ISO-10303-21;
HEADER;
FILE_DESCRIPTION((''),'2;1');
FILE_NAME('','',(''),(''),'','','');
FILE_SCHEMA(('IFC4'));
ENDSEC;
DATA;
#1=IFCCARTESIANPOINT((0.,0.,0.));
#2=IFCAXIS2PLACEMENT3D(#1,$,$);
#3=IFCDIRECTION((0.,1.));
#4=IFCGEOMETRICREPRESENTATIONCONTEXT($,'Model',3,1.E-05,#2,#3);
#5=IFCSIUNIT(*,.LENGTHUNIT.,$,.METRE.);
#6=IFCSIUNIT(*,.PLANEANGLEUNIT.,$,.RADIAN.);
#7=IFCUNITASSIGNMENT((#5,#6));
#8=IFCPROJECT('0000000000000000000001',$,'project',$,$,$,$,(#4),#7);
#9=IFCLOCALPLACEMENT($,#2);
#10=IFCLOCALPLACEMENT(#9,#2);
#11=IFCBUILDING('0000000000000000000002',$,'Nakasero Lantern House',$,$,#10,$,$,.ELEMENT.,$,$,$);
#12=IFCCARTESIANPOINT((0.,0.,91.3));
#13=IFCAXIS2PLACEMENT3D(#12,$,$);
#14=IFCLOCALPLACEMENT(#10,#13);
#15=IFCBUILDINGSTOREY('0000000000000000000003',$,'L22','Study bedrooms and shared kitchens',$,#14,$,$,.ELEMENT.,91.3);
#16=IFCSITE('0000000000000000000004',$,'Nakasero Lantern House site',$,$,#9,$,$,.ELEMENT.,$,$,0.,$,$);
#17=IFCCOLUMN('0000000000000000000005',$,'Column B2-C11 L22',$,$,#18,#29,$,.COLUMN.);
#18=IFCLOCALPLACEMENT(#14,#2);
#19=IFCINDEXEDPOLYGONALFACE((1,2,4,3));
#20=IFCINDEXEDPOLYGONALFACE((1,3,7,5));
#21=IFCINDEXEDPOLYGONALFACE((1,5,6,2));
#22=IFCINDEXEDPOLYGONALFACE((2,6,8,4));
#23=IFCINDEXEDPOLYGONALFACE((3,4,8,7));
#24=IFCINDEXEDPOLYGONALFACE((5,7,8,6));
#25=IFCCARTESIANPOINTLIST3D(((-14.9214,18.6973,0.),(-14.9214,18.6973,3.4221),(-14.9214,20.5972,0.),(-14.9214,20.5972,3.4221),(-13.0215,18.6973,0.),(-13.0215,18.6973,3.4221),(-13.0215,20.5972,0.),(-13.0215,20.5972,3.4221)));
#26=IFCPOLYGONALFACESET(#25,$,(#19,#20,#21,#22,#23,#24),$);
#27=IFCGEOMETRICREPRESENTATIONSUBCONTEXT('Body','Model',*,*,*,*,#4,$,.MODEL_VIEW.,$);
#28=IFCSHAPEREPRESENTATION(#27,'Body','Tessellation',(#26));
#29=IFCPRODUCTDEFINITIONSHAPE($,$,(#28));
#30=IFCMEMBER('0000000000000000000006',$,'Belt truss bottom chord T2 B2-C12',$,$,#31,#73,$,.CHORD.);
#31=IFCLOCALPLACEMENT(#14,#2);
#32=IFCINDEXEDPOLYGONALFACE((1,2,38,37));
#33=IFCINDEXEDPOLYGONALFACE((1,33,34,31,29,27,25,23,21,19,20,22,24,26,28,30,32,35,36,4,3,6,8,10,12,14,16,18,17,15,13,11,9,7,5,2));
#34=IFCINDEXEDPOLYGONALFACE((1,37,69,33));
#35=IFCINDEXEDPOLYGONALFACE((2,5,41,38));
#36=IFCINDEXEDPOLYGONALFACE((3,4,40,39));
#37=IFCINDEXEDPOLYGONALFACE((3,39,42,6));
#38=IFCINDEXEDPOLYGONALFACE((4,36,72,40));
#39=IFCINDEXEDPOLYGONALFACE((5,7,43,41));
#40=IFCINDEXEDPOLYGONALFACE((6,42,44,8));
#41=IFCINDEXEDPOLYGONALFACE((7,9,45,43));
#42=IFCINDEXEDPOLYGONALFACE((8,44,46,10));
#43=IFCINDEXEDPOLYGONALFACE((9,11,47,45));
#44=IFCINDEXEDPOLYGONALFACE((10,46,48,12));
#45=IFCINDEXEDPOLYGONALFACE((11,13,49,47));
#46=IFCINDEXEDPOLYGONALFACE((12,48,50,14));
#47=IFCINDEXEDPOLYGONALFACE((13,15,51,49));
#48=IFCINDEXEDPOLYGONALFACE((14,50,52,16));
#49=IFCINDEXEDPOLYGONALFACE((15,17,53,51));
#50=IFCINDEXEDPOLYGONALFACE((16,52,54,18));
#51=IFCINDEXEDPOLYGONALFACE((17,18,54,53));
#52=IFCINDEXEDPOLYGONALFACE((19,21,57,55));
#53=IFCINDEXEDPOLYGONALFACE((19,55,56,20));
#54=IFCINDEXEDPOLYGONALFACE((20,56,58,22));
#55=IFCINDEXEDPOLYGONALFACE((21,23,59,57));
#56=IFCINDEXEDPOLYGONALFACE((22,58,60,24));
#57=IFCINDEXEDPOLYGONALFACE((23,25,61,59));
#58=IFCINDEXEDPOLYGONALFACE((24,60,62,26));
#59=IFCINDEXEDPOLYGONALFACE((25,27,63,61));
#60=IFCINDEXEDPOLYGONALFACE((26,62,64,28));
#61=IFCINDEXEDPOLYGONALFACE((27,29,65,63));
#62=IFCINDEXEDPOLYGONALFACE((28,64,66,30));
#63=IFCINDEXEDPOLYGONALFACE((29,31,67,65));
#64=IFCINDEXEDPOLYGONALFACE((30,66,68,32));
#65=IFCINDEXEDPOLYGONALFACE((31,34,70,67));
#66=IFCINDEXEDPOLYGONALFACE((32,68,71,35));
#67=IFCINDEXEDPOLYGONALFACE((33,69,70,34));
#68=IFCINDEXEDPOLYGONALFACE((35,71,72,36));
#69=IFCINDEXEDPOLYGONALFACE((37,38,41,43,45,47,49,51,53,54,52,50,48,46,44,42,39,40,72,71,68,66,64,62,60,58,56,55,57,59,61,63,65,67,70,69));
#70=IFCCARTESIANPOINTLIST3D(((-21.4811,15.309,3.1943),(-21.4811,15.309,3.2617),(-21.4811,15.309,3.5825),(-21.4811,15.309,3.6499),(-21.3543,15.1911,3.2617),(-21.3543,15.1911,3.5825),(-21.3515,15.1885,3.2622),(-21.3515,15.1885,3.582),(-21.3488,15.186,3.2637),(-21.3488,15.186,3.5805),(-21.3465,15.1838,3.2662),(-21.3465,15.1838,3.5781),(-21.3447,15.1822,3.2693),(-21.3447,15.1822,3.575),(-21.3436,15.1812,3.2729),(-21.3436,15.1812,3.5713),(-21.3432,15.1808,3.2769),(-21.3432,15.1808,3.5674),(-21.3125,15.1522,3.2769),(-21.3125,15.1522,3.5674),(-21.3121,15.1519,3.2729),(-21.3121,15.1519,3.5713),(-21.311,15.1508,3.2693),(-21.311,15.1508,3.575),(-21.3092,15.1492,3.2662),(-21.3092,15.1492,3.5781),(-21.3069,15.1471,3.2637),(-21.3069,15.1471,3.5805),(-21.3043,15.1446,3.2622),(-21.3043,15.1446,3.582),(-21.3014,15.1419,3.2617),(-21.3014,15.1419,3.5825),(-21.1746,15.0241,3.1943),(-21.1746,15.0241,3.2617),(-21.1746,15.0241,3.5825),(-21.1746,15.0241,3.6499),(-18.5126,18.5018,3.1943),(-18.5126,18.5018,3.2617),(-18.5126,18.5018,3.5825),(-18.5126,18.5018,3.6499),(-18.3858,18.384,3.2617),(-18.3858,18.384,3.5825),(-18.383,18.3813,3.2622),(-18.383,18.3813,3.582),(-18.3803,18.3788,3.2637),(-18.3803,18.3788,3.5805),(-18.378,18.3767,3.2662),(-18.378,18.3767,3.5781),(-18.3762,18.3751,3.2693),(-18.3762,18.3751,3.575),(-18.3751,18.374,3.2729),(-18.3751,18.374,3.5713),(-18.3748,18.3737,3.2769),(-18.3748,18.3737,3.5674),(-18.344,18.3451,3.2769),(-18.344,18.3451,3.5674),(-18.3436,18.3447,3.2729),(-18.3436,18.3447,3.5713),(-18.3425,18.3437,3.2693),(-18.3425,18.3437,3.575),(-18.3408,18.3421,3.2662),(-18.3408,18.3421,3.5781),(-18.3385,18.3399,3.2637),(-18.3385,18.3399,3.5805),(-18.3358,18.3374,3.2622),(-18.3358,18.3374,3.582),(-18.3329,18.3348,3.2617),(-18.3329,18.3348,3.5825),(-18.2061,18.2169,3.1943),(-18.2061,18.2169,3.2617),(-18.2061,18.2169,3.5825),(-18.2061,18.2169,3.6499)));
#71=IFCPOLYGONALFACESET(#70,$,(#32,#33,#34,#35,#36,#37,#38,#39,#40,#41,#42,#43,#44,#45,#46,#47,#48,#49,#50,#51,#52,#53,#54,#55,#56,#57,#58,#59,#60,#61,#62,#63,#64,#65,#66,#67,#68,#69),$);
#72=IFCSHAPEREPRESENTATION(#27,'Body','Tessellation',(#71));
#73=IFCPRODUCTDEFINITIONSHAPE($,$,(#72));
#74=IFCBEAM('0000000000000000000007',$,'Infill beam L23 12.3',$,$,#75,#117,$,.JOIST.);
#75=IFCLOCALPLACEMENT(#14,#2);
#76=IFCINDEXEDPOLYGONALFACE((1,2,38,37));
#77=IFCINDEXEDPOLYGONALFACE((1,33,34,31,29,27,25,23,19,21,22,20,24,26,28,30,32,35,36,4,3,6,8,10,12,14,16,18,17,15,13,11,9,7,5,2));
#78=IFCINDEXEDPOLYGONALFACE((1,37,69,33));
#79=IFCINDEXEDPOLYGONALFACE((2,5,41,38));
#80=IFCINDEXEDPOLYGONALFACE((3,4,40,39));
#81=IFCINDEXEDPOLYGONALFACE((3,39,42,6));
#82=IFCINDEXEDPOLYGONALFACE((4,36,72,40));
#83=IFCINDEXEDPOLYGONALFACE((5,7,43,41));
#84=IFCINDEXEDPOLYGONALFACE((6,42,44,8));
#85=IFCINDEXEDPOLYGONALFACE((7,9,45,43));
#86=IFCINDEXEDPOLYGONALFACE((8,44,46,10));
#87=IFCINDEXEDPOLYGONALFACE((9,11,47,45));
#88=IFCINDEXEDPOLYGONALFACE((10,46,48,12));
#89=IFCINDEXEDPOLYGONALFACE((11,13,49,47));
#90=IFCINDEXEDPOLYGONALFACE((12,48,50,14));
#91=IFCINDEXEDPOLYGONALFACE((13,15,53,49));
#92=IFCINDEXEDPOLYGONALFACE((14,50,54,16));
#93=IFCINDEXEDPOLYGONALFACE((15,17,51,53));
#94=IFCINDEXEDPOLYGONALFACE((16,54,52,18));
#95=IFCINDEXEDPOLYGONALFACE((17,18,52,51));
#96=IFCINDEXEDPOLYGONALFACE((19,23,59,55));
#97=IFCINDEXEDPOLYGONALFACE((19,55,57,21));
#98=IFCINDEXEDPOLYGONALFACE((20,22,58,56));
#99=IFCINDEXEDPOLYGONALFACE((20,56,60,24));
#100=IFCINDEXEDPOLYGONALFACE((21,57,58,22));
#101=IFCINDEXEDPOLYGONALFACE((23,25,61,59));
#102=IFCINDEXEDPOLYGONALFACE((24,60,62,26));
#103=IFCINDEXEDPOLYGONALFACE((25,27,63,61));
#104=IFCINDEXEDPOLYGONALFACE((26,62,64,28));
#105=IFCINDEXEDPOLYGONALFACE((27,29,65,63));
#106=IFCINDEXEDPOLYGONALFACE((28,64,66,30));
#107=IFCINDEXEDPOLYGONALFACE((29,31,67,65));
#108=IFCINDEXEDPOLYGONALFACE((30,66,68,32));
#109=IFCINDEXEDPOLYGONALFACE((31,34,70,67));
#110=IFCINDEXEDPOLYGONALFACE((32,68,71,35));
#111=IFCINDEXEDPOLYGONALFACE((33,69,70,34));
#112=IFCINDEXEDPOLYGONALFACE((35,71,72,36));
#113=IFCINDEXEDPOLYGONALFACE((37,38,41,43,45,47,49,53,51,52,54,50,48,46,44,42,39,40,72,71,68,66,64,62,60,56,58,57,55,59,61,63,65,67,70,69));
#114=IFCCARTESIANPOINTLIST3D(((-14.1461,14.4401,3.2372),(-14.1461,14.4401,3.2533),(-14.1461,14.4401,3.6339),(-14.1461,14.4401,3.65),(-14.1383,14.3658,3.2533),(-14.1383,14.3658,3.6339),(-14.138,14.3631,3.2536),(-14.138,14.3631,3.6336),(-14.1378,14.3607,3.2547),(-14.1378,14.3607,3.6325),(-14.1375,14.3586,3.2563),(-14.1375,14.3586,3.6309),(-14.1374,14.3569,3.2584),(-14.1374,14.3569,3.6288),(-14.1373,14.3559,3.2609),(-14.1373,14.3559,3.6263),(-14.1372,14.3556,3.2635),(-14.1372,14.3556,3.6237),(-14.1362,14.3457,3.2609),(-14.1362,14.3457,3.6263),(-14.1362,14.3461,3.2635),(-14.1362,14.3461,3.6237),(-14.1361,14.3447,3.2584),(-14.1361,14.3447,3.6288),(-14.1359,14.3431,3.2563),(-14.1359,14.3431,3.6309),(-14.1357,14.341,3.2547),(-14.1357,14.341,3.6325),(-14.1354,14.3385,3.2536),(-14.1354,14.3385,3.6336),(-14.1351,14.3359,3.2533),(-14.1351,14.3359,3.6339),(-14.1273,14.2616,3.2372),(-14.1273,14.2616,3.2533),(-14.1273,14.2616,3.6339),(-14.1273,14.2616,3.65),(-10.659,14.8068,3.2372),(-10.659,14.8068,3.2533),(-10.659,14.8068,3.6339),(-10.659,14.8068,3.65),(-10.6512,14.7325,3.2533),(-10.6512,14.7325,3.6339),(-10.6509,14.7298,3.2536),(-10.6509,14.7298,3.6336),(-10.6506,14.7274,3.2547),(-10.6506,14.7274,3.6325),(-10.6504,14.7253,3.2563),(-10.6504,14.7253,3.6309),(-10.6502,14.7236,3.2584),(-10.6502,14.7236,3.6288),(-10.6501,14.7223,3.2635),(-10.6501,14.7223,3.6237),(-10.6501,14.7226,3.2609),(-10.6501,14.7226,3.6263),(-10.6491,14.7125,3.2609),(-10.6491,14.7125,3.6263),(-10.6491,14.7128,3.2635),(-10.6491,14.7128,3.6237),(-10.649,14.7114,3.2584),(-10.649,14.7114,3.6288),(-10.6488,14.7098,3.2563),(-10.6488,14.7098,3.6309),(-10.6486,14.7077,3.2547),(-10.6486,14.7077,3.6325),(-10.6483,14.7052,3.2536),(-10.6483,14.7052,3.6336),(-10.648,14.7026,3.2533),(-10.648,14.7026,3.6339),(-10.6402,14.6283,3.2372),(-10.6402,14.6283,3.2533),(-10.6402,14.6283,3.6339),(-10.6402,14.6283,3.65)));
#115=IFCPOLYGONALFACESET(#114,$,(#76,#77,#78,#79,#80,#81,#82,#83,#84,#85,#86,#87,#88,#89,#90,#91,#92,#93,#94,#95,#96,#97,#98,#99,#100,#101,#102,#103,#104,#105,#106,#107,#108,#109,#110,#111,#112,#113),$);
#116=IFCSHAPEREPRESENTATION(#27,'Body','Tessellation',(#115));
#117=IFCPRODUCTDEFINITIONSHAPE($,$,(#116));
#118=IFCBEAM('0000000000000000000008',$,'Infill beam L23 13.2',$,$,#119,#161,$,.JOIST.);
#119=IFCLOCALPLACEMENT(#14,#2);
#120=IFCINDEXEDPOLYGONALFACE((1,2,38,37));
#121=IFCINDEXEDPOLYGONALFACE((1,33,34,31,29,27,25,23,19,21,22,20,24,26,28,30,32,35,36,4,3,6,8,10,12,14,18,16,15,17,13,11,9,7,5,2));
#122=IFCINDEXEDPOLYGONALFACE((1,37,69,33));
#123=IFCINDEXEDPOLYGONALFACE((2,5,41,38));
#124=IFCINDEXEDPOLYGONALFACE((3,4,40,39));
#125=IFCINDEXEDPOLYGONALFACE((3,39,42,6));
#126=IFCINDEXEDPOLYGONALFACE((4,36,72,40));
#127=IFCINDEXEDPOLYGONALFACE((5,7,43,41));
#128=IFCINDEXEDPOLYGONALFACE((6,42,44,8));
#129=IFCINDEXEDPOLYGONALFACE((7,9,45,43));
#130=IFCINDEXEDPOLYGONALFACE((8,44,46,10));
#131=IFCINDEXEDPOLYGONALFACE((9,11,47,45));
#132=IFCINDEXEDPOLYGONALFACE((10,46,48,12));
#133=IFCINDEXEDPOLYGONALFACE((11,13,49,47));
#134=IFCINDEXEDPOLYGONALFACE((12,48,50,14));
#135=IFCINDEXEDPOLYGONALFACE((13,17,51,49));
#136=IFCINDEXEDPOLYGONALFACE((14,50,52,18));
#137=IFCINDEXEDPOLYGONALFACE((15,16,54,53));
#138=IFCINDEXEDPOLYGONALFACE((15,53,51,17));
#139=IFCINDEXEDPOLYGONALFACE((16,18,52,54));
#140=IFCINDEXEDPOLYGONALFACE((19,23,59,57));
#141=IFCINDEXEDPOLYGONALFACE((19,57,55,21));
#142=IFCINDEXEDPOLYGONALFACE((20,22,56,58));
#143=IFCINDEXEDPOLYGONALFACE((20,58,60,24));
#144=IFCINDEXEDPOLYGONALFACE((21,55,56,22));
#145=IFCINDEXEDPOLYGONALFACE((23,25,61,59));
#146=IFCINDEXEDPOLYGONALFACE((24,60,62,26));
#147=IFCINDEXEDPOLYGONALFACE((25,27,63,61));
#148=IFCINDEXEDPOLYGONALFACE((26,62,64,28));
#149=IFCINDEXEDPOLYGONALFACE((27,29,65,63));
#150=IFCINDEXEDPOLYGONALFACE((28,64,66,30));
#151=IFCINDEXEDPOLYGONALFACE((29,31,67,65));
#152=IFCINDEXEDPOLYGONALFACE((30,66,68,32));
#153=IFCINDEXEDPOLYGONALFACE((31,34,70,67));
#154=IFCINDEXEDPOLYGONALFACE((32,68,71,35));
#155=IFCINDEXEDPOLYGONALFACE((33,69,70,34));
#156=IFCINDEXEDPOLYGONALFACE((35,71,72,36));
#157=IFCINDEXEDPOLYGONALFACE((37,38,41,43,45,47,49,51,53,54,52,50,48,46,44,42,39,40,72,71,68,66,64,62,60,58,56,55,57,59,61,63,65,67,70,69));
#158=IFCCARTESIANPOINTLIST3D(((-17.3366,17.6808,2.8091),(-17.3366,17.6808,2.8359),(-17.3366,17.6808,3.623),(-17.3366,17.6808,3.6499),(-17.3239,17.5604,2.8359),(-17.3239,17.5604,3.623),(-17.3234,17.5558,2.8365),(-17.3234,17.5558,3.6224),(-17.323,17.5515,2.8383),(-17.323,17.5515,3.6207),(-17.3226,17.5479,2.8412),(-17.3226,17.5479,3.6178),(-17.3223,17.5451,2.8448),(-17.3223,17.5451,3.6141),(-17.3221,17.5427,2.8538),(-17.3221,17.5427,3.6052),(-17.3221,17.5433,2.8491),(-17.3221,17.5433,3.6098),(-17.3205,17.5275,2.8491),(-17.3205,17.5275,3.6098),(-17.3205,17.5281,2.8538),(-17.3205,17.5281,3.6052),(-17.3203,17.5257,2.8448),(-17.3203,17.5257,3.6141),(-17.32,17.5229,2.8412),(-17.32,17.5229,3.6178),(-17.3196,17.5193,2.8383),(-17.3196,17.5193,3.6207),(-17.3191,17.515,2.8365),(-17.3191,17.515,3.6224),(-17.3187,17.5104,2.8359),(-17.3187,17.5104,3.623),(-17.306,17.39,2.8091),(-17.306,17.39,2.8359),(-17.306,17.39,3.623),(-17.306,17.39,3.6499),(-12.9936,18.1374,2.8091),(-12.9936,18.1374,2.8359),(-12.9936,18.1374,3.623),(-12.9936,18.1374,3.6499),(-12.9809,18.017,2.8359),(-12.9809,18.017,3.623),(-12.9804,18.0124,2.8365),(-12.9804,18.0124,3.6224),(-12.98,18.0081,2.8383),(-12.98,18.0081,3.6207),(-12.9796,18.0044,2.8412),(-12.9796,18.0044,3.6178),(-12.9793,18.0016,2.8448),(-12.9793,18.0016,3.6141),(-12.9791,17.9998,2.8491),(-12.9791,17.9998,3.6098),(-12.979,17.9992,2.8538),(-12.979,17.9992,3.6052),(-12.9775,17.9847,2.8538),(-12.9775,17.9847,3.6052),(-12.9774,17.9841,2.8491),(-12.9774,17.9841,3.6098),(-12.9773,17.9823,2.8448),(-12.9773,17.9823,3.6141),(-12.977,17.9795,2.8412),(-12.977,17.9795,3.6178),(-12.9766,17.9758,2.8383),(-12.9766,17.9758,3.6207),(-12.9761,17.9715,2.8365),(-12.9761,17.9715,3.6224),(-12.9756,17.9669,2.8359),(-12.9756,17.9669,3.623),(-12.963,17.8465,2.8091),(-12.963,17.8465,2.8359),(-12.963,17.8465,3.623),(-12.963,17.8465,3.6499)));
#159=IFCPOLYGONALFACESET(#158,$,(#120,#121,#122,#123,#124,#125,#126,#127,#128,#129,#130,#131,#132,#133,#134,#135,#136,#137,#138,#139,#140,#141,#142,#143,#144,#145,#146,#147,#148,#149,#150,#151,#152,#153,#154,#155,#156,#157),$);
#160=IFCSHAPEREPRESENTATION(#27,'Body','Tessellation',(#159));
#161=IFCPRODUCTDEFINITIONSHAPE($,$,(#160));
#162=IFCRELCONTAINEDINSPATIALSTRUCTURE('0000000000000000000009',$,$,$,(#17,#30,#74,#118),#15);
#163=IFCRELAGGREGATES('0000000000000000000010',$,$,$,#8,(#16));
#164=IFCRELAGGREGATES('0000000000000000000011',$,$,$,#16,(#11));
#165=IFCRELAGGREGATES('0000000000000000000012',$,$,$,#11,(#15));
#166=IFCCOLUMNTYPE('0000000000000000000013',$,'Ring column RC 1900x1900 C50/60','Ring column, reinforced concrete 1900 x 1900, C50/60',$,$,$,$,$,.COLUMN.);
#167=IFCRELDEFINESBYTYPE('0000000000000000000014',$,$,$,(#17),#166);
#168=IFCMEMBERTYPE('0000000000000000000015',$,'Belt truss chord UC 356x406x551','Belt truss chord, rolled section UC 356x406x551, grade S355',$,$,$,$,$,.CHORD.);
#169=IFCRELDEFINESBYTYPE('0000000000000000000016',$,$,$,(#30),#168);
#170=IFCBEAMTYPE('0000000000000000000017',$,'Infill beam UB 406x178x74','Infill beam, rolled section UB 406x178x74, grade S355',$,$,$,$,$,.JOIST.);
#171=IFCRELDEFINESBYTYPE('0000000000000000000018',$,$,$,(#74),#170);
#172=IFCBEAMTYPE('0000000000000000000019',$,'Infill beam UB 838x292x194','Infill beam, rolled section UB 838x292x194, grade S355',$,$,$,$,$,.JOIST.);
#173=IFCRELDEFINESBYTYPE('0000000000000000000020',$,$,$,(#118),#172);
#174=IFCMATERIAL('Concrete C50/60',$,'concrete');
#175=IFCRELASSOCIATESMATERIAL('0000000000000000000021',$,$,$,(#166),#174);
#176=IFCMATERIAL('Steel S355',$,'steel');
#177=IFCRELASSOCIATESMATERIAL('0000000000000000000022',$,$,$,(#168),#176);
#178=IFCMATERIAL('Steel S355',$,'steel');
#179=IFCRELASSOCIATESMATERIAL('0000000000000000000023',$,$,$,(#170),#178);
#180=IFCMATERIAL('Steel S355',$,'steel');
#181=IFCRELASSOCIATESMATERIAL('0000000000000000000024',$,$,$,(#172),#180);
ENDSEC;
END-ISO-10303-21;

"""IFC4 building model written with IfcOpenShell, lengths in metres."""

from ifc_helpers import new_model, si_unit, direction, frame, origin, origin_2d, place, context, subcontext, project, spatial, rectangle, i_section, extrude, material, material_profile, profile_set, type_object, element, save


model = new_model("IFC4")

# Units and contexts
model_context = context("Model", 3, precision=1e-05, world=origin(), true_north=direction((0.0, 1.0)))
body_context = subcontext(model_context, "Body", "Model", "MODEL_VIEW")
ifc_project = project(units=[si_unit("LENGTHUNIT", "METRE"), si_unit("PLANEANGLEUNIT", "RADIAN")], contexts=[model_context])

# Site, building, storey
site_placement = place(None, origin())
site = spatial("IfcSite", under=ifc_project, at=site_placement, Name="Nakasero Lantern House site", CompositionType="ELEMENT", RefElevation=0.0)
building_placement = place(site_placement, origin())
building = spatial("IfcBuilding", under=site, at=building_placement, Name="Nakasero Lantern House", CompositionType="ELEMENT")
storey_placement = place(building_placement, frame((0.0, 0.0, 91.3)))
storey = spatial("IfcBuildingStorey", under=building, at=storey_placement, Name="L22", Description="Study bedrooms and shared kitchens", CompositionType="ELEMENT", Elevation=91.3)

# Column
ifc_material_1 = material(Name="Concrete C50/60", Category="concrete")
ifc_material_profile_1 = material_profile(ifc_material_1, rectangle(XDim=1.8999, YDim=1.8999, at=origin_2d()), Name="RC 1900x1900")
ifc_profile_set_1 = profile_set([ifc_material_profile_1], Name="Concrete C50/60")
column_type = type_object("IfcColumnType", Name="Ring column RC 1900x1900 C50/60", Description="Ring column, reinforced concrete 1900 x 1900, C50/60", PredefinedType="COLUMN", material=ifc_profile_set_1)
column_placement = place(storey_placement, frame((-13.9714, 19.6472, 0.0), z_axis=(0.0, 0.0, 1.0), x_axis=(1.0, 0.0, 0.0)))
element("IfcColumn", 1, at=column_placement, inside=storey, type_object=column_type, Name="Column B2-C11 L22", PredefinedType="COLUMN", context=body_context, shape_type="SweptSolid", body=[
    extrude(rectangle(XDim=1.8999, YDim=1.8999, at=origin_2d()), origin(), (0.0, 0.0, 1.0), 3.4221),
])

# Member
ifc_material_2 = material(Name="Steel S355", Category="steel")
ifc_material_profile_2 = material_profile(ifc_material_2, i_section(OverallWidth=0.4185, OverallDepth=0.4556, WebThickness=0.042, FlangeThickness=0.0674, FilletRadius=0.0151, at=origin_2d()), Name="UC 356x406x551")
ifc_profile_set_2 = profile_set([ifc_material_profile_2], Name="Steel S355")
member_type = type_object("IfcMemberType", Name="Belt truss chord UC 356x406x551", Description="Belt truss chord, rolled section UC 356x406x551, grade S355", PredefinedType="CHORD", material=ifc_profile_set_2)
member_placement = place(storey_placement, frame((-18.3594, 18.3594, 3.4221), z_axis=(-0.680906, -0.732371, 0.0), x_axis=(0.732371, -0.680906, 0.0)))
element("IfcMember", 2, at=member_placement, inside=storey, type_object=member_type, Name="Belt truss bottom chord T2 B2-C12", PredefinedType="CHORD", context=body_context, shape_type="SweptSolid", body=[
    extrude(i_section(OverallWidth=0.4185, OverallDepth=0.4556, WebThickness=0.042, FlangeThickness=0.0674, FilletRadius=0.0151, at=origin_2d()), origin(), (0.0, 0.0, 1.0), 4.3596),
])

# Beams
ifc_material_3 = material(Name="Steel S355", Category="steel")
ifc_material_profile_3 = material_profile(ifc_material_3, i_section(OverallWidth=0.1794, OverallDepth=0.4128, WebThickness=0.0095, FlangeThickness=0.0161, FilletRadius=0.0103, at=origin_2d()), Name="UB 406x178x74")
ifc_profile_set_3 = profile_set([ifc_material_profile_3], Name="Steel S355")
beam_type_1 = type_object("IfcBeamType", Name="Infill beam UB 406x178x74", Description="Infill beam, rolled section UB 406x178x74, grade S355", PredefinedType="JOIST", material=ifc_profile_set_3)
beam_1_placement = place(storey_placement, frame((-14.1367, 14.3508, 3.4436), z_axis=(0.994516, 0.104583, 0.0), x_axis=(-0.104583, 0.994516, 0.0)))
element("IfcBeam", 3, at=beam_1_placement, inside=storey, type_object=beam_type_1, Name="Infill beam L23 12.3", PredefinedType="JOIST", context=body_context, shape_type="SweptSolid", body=[
    extrude(i_section(OverallWidth=0.1794, OverallDepth=0.4128, WebThickness=0.0095, FlangeThickness=0.0161, FilletRadius=0.0103, at=origin_2d()), origin(), (0.0, 0.0, 1.0), 3.5063),
])
ifc_material_4 = material(Name="Steel S355", Category="steel")
ifc_material_profile_4 = material_profile(ifc_material_4, i_section(OverallWidth=0.2925, OverallDepth=0.8408, WebThickness=0.0146, FlangeThickness=0.0269, FilletRadius=0.0178, at=origin_2d()), Name="UB 838x292x194")
ifc_profile_set_4 = profile_set([ifc_material_profile_4], Name="Steel S355")
beam_type_2 = type_object("IfcBeamType", Name="Infill beam UB 838x292x194", Description="Infill beam, rolled section UB 838x292x194, grade S355", PredefinedType="JOIST", material=ifc_profile_set_4)
beam_2_placement = place(storey_placement, frame((-17.3213, 17.5354, 3.2295), z_axis=(0.99452, 0.104545, 0.0), x_axis=(-0.104545, 0.99452, 0.0)))
element("IfcBeam", 4, at=beam_2_placement, inside=storey, type_object=beam_type_2, Name="Infill beam L23 13.2", PredefinedType="JOIST", context=body_context, shape_type="SweptSolid", body=[
    extrude(i_section(OverallWidth=0.2925, OverallDepth=0.8408, WebThickness=0.0146, FlangeThickness=0.0269, FilletRadius=0.0178, at=origin_2d()), origin(), (0.0, 0.0, 1.0), 4.3669),
])

save(model, "model.ifc")
